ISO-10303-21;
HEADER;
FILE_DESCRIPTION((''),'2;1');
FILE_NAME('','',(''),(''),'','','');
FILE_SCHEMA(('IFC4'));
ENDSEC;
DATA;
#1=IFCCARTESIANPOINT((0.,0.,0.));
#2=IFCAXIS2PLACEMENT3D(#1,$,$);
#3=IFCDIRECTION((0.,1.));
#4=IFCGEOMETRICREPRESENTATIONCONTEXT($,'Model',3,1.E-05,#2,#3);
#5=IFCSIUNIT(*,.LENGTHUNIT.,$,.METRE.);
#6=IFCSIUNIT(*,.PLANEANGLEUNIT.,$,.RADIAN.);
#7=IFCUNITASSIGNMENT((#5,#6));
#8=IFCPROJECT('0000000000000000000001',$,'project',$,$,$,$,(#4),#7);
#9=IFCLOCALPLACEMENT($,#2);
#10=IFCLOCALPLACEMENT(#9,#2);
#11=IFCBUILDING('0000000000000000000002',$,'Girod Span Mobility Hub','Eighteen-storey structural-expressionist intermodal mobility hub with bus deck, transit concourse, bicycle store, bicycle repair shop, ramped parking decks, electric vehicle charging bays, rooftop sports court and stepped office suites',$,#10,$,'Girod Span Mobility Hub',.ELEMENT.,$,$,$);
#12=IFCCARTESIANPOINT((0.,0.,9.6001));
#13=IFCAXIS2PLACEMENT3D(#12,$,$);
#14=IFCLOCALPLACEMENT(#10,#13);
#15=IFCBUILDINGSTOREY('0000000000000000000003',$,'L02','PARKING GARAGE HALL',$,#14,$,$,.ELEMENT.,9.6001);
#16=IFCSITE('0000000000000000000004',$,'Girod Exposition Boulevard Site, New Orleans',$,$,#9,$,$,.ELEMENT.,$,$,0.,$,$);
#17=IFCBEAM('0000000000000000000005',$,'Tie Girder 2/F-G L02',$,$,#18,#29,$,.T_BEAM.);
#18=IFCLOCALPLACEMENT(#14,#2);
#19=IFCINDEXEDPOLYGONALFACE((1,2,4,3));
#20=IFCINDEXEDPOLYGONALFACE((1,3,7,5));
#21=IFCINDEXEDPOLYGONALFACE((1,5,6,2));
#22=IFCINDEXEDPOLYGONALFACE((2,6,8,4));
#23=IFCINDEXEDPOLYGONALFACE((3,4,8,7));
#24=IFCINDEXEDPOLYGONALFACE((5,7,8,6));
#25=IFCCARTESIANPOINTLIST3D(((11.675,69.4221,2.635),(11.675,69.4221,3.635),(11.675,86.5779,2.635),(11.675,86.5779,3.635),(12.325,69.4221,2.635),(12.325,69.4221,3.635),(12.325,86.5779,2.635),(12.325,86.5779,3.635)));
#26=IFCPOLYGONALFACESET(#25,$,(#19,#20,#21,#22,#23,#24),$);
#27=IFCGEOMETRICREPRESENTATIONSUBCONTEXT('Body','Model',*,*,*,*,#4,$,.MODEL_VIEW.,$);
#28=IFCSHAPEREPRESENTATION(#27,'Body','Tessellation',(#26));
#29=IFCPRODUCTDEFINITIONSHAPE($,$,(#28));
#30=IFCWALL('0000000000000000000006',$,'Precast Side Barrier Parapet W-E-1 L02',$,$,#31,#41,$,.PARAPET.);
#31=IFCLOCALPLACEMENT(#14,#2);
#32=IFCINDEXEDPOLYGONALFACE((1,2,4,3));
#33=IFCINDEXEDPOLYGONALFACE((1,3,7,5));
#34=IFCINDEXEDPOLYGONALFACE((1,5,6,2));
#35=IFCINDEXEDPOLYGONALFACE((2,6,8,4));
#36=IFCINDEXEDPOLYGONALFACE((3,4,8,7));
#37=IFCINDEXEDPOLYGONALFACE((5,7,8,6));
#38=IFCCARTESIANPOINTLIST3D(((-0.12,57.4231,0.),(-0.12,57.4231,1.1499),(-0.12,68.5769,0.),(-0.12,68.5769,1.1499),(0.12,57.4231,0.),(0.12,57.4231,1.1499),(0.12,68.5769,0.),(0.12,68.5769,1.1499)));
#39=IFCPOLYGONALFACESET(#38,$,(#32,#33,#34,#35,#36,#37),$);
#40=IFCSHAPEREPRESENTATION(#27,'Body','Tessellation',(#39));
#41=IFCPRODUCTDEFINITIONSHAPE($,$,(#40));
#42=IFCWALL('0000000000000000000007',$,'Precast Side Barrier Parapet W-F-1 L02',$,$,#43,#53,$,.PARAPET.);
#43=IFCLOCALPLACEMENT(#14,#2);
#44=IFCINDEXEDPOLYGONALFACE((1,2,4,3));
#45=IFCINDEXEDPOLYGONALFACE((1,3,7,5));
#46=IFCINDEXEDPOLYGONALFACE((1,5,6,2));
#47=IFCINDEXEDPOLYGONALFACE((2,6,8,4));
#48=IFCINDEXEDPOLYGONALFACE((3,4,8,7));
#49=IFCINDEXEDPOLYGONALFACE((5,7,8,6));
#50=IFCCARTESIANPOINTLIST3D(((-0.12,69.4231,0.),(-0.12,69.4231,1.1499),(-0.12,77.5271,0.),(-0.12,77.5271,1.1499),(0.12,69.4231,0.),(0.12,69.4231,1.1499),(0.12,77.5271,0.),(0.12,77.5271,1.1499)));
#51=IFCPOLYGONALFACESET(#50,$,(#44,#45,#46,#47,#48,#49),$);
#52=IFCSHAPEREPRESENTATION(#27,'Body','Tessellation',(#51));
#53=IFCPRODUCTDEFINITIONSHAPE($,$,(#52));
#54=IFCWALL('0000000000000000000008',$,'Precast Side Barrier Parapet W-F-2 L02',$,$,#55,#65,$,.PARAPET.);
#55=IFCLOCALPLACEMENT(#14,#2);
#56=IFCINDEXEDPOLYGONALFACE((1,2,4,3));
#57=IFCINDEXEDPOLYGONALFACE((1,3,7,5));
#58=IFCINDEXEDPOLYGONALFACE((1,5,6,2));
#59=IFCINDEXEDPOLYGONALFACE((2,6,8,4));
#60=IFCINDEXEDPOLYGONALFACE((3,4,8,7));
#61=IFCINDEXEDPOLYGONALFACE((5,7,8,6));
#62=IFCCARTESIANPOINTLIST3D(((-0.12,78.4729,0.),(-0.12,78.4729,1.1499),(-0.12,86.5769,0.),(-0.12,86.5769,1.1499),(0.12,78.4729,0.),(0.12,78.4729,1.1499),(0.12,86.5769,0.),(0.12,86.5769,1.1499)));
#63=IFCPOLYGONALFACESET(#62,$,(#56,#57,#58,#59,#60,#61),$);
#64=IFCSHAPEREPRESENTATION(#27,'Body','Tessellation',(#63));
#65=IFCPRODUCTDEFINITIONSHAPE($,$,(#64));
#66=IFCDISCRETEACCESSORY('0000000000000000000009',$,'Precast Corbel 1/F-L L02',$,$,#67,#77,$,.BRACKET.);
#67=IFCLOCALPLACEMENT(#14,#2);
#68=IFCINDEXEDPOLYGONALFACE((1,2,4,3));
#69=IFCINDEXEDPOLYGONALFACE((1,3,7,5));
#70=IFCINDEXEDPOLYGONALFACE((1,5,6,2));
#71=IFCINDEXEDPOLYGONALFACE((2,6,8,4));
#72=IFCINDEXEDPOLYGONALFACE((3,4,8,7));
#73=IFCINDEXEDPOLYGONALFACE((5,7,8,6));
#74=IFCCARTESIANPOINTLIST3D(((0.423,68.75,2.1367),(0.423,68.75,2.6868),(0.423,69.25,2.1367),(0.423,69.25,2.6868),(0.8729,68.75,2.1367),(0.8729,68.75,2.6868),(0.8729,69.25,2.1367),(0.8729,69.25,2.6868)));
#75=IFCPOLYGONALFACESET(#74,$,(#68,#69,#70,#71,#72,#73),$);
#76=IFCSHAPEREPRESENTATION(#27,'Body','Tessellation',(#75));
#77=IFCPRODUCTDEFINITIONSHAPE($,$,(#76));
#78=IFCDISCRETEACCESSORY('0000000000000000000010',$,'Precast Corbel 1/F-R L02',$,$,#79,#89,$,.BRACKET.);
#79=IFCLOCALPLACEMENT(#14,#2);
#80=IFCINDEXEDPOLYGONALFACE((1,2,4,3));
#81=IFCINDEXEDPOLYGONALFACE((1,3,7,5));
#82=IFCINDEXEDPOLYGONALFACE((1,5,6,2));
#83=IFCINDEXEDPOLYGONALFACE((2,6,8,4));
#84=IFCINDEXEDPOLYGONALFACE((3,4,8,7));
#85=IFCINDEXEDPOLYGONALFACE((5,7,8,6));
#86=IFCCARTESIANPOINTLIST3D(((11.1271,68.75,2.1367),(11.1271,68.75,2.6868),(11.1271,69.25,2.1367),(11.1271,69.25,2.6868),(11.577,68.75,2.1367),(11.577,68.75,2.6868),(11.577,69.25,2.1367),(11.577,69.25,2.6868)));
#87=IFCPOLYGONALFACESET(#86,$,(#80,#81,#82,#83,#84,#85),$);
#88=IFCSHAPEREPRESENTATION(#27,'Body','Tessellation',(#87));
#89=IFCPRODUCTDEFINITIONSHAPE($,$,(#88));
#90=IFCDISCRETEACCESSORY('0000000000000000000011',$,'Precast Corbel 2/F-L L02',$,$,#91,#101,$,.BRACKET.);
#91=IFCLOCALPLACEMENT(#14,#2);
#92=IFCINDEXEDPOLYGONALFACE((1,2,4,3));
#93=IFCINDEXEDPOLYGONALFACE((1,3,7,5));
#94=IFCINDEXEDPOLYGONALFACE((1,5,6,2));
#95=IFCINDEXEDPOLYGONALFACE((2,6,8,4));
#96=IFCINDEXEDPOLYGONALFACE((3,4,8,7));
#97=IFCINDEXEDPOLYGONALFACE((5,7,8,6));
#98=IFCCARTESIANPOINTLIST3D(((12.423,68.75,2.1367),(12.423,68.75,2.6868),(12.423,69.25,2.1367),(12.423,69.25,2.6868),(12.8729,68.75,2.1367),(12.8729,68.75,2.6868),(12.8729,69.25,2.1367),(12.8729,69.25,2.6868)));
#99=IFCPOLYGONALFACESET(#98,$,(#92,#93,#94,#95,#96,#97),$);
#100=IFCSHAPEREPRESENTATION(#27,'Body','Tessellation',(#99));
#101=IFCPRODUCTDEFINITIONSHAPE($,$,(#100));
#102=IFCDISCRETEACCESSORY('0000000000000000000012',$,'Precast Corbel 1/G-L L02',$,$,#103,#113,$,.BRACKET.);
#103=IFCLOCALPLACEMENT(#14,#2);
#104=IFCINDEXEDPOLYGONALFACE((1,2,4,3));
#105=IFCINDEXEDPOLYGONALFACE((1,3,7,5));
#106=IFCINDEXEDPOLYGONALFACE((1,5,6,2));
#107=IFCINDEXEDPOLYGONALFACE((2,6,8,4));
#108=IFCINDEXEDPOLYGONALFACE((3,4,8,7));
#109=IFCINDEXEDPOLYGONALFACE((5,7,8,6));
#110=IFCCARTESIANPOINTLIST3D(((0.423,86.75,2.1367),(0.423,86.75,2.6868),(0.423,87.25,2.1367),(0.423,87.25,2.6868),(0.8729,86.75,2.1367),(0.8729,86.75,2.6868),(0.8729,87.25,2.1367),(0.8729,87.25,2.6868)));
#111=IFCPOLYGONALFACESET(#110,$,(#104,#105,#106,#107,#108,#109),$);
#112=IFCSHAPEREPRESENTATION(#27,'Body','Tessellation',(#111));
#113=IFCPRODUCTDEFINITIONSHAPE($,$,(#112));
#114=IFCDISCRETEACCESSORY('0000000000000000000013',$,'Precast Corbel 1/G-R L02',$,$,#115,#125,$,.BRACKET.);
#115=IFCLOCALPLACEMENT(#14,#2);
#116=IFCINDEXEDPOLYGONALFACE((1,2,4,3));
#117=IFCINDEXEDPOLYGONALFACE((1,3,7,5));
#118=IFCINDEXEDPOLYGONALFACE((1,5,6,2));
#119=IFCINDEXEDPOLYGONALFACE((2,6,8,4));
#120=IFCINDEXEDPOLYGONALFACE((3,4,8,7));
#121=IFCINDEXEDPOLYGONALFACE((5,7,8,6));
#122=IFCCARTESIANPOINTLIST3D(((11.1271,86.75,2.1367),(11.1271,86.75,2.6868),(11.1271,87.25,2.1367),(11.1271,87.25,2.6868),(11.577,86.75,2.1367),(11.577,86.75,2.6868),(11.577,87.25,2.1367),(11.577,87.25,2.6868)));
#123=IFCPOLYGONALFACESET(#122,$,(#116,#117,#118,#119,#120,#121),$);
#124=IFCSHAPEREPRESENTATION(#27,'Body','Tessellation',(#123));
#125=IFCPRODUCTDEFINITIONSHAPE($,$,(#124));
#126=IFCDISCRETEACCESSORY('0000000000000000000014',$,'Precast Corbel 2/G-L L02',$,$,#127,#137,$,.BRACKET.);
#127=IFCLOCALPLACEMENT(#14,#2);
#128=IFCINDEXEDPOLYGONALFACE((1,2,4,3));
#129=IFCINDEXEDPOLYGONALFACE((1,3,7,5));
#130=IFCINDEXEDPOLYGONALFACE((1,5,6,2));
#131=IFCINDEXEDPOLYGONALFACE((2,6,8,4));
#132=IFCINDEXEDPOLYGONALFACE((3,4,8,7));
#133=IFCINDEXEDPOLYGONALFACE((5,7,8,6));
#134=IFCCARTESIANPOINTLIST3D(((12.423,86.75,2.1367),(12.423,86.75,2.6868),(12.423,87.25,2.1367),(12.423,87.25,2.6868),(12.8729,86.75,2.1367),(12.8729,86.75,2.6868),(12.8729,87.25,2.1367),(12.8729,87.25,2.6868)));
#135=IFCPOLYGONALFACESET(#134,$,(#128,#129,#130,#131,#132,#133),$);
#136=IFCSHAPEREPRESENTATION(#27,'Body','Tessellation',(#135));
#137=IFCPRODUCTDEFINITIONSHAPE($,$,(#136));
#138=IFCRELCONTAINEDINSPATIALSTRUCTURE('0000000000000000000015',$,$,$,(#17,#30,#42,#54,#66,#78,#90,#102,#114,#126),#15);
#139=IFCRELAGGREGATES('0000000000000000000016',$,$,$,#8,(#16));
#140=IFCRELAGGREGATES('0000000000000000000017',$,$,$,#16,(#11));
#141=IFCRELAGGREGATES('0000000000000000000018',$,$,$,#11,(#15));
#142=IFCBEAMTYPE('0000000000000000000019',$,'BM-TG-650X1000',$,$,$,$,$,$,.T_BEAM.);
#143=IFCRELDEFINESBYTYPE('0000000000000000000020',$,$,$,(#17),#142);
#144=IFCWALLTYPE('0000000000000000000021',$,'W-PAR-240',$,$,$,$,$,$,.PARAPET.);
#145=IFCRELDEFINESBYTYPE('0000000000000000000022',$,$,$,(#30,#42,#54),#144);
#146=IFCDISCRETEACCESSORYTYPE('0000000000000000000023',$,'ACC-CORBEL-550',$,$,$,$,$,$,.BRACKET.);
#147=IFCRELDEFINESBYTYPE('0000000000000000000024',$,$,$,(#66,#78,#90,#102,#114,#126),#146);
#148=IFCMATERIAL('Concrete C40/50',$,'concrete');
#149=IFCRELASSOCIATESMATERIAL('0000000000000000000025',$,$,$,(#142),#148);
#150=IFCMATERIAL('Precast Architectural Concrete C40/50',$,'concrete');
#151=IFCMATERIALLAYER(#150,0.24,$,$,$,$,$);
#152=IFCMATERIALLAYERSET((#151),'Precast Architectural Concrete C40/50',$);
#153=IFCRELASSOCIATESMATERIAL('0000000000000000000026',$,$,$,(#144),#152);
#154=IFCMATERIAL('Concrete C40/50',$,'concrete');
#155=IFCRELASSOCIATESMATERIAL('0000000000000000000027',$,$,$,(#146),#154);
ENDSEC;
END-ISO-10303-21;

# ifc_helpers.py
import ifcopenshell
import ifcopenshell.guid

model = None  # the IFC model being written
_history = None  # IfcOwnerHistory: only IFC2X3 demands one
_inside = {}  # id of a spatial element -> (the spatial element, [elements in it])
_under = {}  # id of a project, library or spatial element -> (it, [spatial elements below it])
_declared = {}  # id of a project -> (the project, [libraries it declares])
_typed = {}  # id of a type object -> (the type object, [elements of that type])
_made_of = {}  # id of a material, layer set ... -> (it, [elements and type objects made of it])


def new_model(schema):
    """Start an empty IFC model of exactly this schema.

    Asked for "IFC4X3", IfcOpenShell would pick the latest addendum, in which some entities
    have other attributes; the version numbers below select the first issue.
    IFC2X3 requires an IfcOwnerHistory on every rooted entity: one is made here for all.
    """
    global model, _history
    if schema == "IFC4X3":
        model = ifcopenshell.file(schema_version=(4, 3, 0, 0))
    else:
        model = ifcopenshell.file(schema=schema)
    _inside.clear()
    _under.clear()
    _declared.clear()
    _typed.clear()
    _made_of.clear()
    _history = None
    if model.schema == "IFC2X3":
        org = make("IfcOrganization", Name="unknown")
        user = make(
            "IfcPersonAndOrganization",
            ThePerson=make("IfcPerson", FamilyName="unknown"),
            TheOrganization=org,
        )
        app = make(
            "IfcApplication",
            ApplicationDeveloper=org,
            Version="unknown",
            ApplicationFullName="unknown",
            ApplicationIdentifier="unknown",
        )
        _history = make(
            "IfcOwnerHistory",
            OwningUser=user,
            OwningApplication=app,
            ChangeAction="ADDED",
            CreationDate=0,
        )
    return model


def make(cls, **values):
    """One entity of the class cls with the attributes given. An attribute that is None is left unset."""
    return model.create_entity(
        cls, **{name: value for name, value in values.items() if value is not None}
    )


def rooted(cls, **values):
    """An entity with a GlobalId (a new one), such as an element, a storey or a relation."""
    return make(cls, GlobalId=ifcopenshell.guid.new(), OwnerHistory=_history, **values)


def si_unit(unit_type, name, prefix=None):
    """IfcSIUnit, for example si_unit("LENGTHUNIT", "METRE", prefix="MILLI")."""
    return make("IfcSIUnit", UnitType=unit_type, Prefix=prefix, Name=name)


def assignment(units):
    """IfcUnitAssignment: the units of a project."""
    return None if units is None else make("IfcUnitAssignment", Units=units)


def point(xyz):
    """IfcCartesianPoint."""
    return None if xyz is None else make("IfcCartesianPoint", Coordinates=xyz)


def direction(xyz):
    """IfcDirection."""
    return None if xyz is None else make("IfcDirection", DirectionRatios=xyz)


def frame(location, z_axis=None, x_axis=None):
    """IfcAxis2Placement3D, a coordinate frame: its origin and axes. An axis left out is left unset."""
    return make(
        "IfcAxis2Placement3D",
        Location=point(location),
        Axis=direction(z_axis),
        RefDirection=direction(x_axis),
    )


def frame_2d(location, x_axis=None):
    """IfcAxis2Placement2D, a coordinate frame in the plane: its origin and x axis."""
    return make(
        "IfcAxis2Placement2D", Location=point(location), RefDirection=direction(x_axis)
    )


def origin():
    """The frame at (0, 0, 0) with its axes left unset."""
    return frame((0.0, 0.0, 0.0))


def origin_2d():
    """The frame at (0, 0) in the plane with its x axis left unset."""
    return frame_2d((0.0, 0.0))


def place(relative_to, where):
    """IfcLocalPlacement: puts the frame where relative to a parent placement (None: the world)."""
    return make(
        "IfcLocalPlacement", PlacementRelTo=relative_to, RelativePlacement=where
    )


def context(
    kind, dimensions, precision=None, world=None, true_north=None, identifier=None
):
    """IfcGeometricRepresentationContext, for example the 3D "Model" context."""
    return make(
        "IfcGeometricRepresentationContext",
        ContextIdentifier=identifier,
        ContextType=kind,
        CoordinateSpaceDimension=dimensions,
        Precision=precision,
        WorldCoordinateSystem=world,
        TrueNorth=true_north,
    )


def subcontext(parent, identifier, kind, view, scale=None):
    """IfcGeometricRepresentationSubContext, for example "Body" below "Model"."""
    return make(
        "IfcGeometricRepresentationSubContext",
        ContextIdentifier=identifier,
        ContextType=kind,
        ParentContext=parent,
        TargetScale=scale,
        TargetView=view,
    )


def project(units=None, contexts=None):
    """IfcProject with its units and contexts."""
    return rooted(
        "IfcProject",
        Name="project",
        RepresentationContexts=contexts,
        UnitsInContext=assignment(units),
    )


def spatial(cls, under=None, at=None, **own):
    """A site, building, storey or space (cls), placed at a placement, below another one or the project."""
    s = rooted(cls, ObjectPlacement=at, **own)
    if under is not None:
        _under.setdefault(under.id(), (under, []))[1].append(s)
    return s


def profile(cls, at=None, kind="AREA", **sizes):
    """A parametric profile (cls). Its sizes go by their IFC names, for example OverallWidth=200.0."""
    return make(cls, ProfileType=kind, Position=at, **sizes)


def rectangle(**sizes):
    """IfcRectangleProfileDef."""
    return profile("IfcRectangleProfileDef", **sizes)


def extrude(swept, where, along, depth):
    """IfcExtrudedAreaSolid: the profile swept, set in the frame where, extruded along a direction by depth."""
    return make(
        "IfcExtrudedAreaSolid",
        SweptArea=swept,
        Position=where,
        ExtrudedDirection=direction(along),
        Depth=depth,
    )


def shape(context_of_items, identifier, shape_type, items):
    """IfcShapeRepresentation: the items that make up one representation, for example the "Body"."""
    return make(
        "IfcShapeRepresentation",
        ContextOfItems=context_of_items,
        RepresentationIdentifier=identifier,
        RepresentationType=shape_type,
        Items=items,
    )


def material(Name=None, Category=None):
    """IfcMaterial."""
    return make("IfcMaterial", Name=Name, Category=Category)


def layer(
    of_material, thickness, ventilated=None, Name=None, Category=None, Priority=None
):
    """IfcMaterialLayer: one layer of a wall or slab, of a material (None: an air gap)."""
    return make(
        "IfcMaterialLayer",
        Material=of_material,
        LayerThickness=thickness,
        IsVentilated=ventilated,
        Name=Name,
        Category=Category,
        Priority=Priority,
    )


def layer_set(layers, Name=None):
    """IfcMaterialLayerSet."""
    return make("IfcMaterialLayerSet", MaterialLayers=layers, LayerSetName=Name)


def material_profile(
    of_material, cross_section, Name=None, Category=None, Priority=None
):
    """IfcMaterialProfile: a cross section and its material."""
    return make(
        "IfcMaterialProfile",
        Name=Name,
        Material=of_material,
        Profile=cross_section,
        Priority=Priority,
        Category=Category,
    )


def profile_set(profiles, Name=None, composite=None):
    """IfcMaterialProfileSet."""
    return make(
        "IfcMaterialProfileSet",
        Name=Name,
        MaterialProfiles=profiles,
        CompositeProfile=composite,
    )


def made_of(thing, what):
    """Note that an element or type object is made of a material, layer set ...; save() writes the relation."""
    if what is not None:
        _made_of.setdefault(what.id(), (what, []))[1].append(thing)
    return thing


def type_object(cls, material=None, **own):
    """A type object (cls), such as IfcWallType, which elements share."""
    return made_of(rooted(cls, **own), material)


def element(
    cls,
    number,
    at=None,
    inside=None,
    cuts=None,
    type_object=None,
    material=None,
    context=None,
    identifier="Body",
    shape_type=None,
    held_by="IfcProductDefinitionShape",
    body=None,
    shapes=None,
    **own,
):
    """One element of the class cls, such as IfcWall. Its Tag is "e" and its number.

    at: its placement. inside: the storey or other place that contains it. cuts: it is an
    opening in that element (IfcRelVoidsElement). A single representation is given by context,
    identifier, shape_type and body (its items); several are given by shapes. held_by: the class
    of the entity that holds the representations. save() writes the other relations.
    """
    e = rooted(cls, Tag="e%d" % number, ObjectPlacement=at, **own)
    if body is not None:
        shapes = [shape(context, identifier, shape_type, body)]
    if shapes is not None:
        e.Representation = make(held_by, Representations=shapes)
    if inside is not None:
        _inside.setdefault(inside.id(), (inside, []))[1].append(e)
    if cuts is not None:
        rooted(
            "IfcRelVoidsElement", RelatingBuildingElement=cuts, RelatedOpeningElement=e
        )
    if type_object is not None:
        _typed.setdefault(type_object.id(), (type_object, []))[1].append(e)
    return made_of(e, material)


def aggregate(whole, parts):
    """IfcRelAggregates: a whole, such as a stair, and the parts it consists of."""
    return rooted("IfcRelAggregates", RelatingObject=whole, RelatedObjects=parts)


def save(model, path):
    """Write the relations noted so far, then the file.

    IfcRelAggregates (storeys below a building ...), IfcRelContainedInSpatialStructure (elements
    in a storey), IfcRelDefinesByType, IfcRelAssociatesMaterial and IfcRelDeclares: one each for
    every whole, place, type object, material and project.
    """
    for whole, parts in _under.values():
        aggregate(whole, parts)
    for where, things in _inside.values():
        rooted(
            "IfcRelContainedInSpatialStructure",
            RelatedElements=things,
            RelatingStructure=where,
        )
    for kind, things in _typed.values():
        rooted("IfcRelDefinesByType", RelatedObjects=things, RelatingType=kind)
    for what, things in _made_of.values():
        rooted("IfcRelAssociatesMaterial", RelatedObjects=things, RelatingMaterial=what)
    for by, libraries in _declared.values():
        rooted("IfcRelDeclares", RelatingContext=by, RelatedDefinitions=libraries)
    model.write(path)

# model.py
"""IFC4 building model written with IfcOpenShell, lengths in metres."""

from ifc_helpers import new_model, si_unit, direction, frame, frame_2d, origin, origin_2d, place, context, subcontext, project, spatial, rectangle, extrude, material, layer, layer_set, material_profile, profile_set, type_object, element, save


model = new_model("IFC4")

# Units and contexts
model_context = context("Model", 3, precision=1e-05, world=origin(), true_north=direction((0.0, 1.0)))
body_context = subcontext(model_context, "Body", "Model", "MODEL_VIEW")
ifc_project = project(units=[si_unit("LENGTHUNIT", "METRE"), si_unit("PLANEANGLEUNIT", "RADIAN")], contexts=[model_context])

# Site, building, storey
site_placement = place(None, origin())
site = spatial("IfcSite", under=ifc_project, at=site_placement, Name="Girod Exposition Boulevard Site, New Orleans", CompositionType="ELEMENT", RefElevation=0.0)
building_placement = place(site_placement, origin())
building = spatial("IfcBuilding", under=site, at=building_placement, Name="Girod Span Mobility Hub", Description="Eighteen-storey structural-expressionist intermodal mobility hub with bus deck, transit concourse, bicycle store, bicycle repair shop, ramped parking decks, electric vehicle charging bays, rooftop sports court and stepped office suites", LongName="Girod Span Mobility Hub", CompositionType="ELEMENT")
storey_placement = place(building_placement, frame((0.0, 0.0, 9.6001)))
storey = spatial("IfcBuildingStorey", under=building, at=storey_placement, Name="L02", Description="PARKING GARAGE HALL", CompositionType="ELEMENT", Elevation=9.6001)

# Beam
ifc_material_1 = material(Name="Concrete C40/50", Category="concrete")
ifc_material_profile_1 = material_profile(ifc_material_1, rectangle(XDim=0.6499, YDim=1.0, at=origin_2d()), Name="TG-650X1000")
ifc_profile_set_1 = profile_set([ifc_material_profile_1], Name="Concrete C40/50")
beam_type_1 = type_object("IfcBeamType", Name="BM-TG-650X1000", PredefinedType="T_BEAM", material=ifc_profile_set_1)
beam_1_placement = place(storey_placement, frame((12.0, 69.4221, 3.135), z_axis=(0.0, 1.0, 0.0), x_axis=(-1.0, 0.0, 0.0)))
element("IfcBeam", 1, at=beam_1_placement, inside=storey, type_object=beam_type_1, Name="Tie Girder 2/F-G L02", PredefinedType="T_BEAM", context=body_context, shape_type="SweptSolid", body=[
    extrude(rectangle(XDim=0.6499, YDim=1.0, at=origin_2d()), origin(), (0.0, 0.0, 1.0), 17.1558),
])

# Walls
ifc_material_2 = material(Name="Precast Architectural Concrete C40/50", Category="concrete")
ifc_layer = layer(ifc_material_2, 0.24)
ifc_layer_set = layer_set([ifc_layer], Name="Precast Architectural Concrete C40/50")
wall_type = type_object("IfcWallType", Name="W-PAR-240", PredefinedType="PARAPET", material=ifc_layer_set)
wall_placement = place(storey_placement, frame((0.0, 57.4231, 0.0), z_axis=(0.0, 0.0, 1.0), x_axis=(0.0, 1.0, 0.0)))
element("IfcWall", 2, at=wall_placement, inside=storey, type_object=wall_type, Name="Precast Side Barrier Parapet W-E-1 L02", PredefinedType="PARAPET", context=body_context, shape_type="SweptSolid", body=[
    extrude(rectangle(XDim=11.1538, YDim=0.24, at=frame_2d((5.5769, 0.0))), origin(), (0.0, 0.0, 1.0), 1.1499),
])
for number, where, z_axis, x_axis, name in (
    (3, (0.0, 69.4231, 0.0), (0.0, 0.0, 1.0), (0.0, 1.0, 0.0), "Precast Side Barrier Parapet W-F-1 L02"),
    (4, (0.0, 78.4729, 0.0), (0.0, 0.0, 1.0), (0.0, 1.0, 0.0), "Precast Side Barrier Parapet W-F-2 L02"),
):
    element("IfcWall", number, at=place(storey_placement, frame(where, z_axis=z_axis, x_axis=x_axis)), inside=storey, type_object=wall_type, Name=name, PredefinedType="PARAPET", context=body_context, shape_type="SweptSolid", body=[
        extrude(rectangle(XDim=8.104, YDim=0.24, at=frame_2d((4.052, 0.0))), origin(), (0.0, 0.0, 1.0), 1.1499),
    ])

# Discrete accessories
ifc_material_3 = material(Name="Concrete C40/50", Category="concrete")
discrete_accessory_type = type_object("IfcDiscreteAccessoryType", Name="ACC-CORBEL-550", PredefinedType="BRACKET", material=ifc_material_3)
for number, where, z_axis, x_axis, name in (
    (5, (0.6479, 69.0, 2.1367), (0.0, 0.0, 1.0), (1.0, 0.0, 0.0), "Precast Corbel 1/F-L L02"),
    (6, (11.3521, 69.0, 2.1367), (0.0, 0.0, 1.0), (1.0, 0.0, 0.0), "Precast Corbel 1/F-R L02"),
    (7, (12.6479, 69.0, 2.1367), (0.0, 0.0, 1.0), (1.0, 0.0, 0.0), "Precast Corbel 2/F-L L02"),
    (8, (0.6479, 87.0, 2.1367), (0.0, 0.0, 1.0), (1.0, 0.0, 0.0), "Precast Corbel 1/G-L L02"),
    (9, (11.3521, 87.0, 2.1367), (0.0, 0.0, 1.0), (1.0, 0.0, 0.0), "Precast Corbel 1/G-R L02"),
    (10, (12.6479, 87.0, 2.1367), (0.0, 0.0, 1.0), (1.0, 0.0, 0.0), "Precast Corbel 2/G-L L02"),
):
    element("IfcDiscreteAccessory", number, at=place(storey_placement, frame(where, z_axis=z_axis, x_axis=x_axis)), inside=storey, type_object=discrete_accessory_type, Name=name, PredefinedType="BRACKET", context=body_context, shape_type="SweptSolid", body=[
        extrude(rectangle(XDim=0.45, YDim=0.5, at=origin_2d()), origin(), (0.0, 0.0, 1.0), 0.55),
    ])

save(model, "model.ifc")
